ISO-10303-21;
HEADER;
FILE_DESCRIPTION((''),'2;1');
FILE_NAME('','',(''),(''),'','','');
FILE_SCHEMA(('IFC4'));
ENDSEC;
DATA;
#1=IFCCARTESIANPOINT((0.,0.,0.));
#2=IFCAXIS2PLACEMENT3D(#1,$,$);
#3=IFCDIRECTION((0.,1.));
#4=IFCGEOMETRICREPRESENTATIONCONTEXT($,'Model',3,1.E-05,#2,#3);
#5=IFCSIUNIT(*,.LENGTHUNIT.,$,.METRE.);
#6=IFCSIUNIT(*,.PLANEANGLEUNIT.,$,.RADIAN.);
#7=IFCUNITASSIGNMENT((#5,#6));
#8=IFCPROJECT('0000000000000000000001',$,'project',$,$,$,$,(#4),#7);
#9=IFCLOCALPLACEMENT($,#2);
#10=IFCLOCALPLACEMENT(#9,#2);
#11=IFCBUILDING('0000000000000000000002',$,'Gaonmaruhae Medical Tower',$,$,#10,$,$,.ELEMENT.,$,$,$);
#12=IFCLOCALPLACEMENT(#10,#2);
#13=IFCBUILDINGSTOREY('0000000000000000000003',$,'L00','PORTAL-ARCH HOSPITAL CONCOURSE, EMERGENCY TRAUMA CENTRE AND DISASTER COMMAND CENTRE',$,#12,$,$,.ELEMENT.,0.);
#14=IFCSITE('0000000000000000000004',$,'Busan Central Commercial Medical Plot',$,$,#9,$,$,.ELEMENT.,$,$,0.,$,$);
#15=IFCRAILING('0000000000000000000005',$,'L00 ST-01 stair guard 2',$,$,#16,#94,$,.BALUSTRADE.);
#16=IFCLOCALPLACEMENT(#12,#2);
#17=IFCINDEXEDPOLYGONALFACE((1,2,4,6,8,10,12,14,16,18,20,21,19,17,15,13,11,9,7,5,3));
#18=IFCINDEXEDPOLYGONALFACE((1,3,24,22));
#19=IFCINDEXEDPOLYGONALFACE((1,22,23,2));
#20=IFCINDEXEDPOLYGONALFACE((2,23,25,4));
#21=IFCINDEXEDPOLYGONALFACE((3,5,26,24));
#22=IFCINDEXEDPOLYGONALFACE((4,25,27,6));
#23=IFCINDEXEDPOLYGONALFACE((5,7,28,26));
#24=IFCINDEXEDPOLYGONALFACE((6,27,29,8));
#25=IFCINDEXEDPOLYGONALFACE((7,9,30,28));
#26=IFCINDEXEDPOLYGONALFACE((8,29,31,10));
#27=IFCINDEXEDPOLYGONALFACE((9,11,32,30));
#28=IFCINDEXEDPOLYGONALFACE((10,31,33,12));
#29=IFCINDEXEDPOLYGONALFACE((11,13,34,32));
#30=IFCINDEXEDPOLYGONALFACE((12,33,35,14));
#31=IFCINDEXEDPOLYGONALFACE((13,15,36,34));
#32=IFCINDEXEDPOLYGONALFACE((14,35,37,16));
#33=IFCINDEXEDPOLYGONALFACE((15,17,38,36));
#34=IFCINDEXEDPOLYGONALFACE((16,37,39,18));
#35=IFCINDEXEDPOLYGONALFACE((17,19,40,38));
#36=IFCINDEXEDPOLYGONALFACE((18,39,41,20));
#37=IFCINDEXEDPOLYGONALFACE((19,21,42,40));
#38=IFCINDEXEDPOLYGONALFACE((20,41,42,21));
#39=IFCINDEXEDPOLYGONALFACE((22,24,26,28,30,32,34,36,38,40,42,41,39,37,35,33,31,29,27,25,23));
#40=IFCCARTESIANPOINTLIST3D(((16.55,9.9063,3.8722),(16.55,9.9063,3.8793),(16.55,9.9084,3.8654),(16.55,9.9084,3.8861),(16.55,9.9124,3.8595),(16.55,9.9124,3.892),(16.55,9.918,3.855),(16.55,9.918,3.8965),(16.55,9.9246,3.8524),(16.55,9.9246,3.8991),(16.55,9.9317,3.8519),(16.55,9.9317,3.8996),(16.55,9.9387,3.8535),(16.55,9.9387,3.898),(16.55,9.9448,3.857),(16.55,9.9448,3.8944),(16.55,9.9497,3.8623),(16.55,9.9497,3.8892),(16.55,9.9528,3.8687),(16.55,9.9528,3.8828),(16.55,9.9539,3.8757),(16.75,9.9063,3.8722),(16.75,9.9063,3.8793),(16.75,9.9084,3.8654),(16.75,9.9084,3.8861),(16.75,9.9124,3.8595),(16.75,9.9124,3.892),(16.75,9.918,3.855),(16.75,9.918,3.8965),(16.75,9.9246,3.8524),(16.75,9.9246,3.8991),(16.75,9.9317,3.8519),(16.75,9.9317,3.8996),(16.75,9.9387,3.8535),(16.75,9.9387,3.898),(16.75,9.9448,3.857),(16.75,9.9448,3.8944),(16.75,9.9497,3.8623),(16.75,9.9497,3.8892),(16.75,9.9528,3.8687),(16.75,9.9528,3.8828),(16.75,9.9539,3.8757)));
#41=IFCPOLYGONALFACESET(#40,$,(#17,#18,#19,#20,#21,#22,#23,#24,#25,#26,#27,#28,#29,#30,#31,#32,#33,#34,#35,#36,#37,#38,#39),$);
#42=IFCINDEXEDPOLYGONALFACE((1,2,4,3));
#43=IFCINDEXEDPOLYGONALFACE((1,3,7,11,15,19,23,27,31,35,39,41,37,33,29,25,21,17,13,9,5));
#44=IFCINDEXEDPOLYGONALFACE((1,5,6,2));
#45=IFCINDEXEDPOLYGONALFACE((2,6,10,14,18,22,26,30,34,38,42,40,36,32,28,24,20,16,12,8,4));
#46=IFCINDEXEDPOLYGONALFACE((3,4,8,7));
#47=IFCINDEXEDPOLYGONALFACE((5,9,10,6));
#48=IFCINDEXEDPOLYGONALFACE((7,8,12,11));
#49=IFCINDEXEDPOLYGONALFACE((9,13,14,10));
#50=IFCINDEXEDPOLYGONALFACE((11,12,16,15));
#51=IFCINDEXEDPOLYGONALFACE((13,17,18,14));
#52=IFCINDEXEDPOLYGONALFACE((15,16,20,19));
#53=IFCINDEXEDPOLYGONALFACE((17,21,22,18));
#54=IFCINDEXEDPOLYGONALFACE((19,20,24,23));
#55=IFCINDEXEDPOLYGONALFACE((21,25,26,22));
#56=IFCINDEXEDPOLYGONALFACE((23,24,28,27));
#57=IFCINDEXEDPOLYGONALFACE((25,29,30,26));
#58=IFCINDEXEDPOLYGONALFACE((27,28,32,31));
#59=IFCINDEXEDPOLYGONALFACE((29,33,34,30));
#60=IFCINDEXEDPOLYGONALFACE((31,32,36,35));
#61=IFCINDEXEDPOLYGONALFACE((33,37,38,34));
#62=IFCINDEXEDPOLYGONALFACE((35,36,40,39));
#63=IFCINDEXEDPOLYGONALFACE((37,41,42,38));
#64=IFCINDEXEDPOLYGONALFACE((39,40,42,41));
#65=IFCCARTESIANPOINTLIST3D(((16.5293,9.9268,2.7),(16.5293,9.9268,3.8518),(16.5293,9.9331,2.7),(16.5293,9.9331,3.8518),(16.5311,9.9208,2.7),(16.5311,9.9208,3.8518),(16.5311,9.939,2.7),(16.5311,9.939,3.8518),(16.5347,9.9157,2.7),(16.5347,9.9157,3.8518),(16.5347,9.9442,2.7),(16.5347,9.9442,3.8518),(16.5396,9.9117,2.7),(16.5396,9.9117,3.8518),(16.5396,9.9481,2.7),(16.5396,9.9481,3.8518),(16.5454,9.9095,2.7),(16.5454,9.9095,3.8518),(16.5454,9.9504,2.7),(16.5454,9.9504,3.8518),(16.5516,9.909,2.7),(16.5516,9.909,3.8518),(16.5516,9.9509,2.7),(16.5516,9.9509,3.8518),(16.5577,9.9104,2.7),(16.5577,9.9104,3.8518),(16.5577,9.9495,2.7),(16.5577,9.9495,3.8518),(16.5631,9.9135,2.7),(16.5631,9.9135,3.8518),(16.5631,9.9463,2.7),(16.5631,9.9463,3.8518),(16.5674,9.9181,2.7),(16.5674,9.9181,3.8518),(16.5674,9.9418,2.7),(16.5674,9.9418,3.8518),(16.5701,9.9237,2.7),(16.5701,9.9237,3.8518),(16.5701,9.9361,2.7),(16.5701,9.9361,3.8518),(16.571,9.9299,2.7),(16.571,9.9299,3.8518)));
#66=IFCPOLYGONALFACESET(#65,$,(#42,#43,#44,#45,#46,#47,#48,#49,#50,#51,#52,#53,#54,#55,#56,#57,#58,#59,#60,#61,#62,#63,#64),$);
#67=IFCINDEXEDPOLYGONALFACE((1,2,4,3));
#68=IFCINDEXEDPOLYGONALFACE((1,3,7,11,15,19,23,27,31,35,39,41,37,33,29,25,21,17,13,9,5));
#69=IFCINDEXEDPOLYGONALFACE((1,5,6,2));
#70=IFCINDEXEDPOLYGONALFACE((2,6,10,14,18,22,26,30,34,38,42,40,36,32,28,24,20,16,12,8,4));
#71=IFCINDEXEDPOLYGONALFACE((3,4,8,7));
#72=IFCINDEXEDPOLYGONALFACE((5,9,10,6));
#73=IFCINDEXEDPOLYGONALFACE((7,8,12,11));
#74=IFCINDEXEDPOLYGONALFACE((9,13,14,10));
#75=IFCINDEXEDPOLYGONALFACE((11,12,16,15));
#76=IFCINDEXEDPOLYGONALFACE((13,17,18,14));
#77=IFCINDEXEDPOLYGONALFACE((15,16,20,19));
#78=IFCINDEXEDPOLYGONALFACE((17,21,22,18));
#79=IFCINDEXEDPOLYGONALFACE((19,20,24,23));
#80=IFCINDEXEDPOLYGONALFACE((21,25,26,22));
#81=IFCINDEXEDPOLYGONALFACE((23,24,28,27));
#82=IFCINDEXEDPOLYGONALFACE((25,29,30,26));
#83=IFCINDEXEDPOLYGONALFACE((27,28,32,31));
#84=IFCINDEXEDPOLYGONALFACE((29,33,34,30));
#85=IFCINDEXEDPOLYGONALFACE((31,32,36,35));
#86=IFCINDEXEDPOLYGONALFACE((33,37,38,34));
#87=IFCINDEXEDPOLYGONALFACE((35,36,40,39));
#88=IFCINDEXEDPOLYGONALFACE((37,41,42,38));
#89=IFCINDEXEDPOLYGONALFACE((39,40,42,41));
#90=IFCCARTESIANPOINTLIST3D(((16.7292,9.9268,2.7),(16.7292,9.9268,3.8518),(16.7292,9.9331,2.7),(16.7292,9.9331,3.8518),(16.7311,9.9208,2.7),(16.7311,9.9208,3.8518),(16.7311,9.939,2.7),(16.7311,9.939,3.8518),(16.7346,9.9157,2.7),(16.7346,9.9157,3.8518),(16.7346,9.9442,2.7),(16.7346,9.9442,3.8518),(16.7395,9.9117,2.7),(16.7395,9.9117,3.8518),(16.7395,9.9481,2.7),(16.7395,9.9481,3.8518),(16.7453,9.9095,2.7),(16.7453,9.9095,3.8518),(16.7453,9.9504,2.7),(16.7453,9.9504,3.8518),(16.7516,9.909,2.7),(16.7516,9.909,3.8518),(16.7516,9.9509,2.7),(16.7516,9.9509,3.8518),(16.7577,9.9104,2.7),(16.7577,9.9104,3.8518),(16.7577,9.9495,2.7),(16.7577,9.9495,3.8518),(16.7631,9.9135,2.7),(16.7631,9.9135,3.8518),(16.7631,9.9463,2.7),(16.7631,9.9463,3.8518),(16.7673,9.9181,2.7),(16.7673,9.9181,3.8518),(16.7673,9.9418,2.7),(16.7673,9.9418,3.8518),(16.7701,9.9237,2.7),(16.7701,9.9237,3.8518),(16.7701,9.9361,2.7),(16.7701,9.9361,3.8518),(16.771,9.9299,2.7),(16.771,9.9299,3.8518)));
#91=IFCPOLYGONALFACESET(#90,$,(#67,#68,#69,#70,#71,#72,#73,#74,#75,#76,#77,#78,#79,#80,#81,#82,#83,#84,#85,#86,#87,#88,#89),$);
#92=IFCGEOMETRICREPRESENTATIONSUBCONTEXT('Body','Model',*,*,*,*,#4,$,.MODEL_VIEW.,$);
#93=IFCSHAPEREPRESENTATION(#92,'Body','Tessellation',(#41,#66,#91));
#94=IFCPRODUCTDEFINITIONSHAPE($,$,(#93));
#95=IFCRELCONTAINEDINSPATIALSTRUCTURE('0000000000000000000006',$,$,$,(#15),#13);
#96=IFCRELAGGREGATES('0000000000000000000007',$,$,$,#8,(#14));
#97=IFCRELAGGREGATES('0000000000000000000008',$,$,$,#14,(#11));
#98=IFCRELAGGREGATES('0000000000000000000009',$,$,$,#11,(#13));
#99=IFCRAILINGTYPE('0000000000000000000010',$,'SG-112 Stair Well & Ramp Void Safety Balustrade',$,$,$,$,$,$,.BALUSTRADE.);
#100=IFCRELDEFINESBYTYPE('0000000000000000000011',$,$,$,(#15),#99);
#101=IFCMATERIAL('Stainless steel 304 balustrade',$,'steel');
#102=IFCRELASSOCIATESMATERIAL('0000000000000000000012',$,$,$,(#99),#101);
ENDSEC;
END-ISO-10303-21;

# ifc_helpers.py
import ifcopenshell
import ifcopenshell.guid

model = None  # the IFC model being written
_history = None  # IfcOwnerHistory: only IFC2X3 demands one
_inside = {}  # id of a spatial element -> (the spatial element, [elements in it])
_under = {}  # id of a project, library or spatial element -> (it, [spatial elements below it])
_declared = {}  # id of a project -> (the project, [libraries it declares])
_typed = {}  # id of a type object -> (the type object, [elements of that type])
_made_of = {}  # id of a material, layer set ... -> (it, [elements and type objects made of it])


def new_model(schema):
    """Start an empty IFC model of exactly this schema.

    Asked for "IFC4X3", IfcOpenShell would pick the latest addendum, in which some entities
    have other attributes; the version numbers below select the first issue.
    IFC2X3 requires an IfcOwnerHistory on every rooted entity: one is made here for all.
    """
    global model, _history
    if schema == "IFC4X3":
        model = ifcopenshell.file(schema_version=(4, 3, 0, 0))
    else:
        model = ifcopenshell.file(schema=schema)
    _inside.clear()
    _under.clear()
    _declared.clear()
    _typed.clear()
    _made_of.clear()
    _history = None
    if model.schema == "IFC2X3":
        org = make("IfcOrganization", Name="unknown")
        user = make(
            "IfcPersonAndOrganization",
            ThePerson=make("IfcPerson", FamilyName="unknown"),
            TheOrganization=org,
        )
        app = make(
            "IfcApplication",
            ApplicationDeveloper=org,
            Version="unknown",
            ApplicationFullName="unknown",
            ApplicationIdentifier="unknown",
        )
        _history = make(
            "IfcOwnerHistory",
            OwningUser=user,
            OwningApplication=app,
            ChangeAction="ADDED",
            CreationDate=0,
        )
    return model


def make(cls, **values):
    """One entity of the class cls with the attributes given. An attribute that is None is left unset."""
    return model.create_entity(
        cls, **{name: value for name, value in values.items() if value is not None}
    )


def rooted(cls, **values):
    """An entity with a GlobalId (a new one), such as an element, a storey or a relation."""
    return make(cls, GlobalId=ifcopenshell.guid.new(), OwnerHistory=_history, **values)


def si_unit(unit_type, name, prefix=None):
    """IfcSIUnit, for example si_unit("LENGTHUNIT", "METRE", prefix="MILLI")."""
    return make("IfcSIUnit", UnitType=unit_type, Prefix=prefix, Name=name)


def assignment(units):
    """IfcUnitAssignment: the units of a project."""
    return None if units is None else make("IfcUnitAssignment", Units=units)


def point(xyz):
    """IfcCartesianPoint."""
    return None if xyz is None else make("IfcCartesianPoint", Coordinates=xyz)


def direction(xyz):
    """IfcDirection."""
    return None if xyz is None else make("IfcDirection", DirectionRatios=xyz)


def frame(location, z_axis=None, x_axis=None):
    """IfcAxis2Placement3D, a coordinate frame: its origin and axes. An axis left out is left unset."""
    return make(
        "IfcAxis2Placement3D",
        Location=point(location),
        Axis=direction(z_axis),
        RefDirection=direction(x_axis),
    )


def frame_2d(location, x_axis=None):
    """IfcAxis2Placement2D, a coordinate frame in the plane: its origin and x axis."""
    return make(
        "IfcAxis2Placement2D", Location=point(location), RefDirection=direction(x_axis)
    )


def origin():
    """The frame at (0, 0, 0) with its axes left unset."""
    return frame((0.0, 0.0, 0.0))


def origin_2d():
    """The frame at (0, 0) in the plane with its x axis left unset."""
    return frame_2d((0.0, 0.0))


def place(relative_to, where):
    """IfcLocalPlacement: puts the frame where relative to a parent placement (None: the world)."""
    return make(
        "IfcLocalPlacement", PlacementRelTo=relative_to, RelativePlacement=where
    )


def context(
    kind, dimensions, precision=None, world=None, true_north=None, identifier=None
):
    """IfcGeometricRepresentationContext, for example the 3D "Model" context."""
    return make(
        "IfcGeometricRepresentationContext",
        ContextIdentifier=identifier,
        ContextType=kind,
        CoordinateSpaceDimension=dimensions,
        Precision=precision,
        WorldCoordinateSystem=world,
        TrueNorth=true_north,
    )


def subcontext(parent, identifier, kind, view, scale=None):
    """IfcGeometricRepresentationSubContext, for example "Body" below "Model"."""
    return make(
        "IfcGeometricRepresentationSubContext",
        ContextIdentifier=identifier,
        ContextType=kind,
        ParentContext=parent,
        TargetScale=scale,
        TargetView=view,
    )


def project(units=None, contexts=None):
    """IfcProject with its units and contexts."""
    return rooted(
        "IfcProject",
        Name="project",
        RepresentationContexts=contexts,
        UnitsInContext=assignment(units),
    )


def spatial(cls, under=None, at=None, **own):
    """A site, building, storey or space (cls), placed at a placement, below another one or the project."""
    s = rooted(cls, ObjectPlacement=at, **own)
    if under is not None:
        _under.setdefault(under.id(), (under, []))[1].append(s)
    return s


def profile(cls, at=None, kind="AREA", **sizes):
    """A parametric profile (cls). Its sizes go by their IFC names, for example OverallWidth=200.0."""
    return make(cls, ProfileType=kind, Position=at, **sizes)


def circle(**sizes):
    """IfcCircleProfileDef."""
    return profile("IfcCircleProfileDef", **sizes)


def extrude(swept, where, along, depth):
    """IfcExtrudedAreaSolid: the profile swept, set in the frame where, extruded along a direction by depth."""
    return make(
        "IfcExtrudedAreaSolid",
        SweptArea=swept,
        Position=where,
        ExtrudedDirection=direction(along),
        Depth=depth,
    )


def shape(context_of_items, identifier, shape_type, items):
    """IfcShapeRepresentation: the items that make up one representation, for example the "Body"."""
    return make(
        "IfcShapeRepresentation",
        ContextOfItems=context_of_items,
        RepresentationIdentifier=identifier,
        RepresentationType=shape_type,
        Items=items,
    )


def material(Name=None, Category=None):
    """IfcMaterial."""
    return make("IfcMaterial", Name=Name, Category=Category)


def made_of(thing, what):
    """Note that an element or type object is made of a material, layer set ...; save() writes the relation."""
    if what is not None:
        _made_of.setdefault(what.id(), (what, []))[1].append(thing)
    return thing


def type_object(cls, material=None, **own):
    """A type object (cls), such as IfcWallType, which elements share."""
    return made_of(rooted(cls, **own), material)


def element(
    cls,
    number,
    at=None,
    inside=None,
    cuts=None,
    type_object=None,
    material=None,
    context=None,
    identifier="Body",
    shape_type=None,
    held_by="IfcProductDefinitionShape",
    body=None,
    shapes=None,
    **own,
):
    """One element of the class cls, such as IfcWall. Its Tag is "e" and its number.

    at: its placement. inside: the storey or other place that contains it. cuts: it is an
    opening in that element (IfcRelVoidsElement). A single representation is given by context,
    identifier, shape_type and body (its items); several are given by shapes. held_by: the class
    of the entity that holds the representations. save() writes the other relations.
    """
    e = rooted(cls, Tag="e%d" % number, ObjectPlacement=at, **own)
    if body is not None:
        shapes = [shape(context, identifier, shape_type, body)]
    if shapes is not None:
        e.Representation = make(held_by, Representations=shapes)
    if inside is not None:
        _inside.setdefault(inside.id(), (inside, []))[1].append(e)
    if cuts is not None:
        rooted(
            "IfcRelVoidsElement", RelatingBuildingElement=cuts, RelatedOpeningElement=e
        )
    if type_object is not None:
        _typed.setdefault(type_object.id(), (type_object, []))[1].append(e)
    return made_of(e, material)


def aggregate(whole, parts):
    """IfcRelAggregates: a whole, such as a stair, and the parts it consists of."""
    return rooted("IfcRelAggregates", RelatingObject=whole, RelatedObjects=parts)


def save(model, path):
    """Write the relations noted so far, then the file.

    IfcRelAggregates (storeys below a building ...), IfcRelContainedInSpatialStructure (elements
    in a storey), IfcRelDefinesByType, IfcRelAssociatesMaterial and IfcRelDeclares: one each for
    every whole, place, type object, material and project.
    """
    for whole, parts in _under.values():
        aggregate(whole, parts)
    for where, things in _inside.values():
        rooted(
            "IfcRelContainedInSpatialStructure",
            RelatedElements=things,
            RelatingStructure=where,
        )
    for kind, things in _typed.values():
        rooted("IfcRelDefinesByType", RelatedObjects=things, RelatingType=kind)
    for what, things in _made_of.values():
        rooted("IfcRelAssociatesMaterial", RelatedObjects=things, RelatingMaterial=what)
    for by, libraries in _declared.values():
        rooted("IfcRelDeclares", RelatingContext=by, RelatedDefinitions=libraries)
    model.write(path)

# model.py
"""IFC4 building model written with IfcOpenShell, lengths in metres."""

from ifc_helpers import new_model, si_unit, direction, frame, origin, origin_2d, place, context, subcontext, project, spatial, circle, extrude, material, type_object, element, save


model = new_model("IFC4")

# Units and contexts
model_context = context("Model", 3, precision=1e-05, world=origin(), true_north=direction((0.0, 1.0)))
body_context = subcontext(model_context, "Body", "Model", "MODEL_VIEW")
ifc_project = project(units=[si_unit("LENGTHUNIT", "METRE"), si_unit("PLANEANGLEUNIT", "RADIAN")], contexts=[model_context])

# Site, building, storey
site_placement = place(None, origin())
site = spatial("IfcSite", under=ifc_project, at=site_placement, Name="Busan Central Commercial Medical Plot", CompositionType="ELEMENT", RefElevation=0.0)
building_placement = place(site_placement, origin())
building = spatial("IfcBuilding", under=site, at=building_placement, Name="Gaonmaruhae Medical Tower", CompositionType="ELEMENT")
storey_placement = place(building_placement, origin())
storey = spatial("IfcBuildingStorey", under=building, at=storey_placement, Name="L00", Description="PORTAL-ARCH HOSPITAL CONCOURSE, EMERGENCY TRAUMA CENTRE AND DISASTER COMMAND CENTRE", CompositionType="ELEMENT", Elevation=0.0)

# Railing
ifc_material_1 = material(Name="Stainless steel 304 balustrade", Category="steel")
railing_type_1 = type_object("IfcRailingType", Name="SG-112 Stair Well & Ramp Void Safety Balustrade", PredefinedType="BALUSTRADE", material=ifc_material_1)
railing_1_placement = place(storey_placement, frame((16.55, 9.9299, 2.7)))
element("IfcRailing", 1, at=railing_1_placement, inside=storey, type_object=railing_type_1, Name="L00 ST-01 stair guard 2", PredefinedType="BALUSTRADE", context=body_context, shape_type="SweptSolid", body=[
    extrude(circle(Radius=0.0239, at=origin_2d()), frame((0.0, 0.0, 1.1758), z_axis=(1.0, 0.0, 0.0), x_axis=(0.0, 1.0, 0.0)), (0.0, 0.0, 1.0), 0.2),
    extrude(circle(Radius=0.021, at=origin_2d()), origin(), (0.0, 0.0, 1.0), 1.1519),
    extrude(circle(Radius=0.021, at=origin_2d()), frame((0.2, 0.0, 0.0)), (0.0, 0.0, 1.0), 1.1519),
])

save(model, "model.ifc")
